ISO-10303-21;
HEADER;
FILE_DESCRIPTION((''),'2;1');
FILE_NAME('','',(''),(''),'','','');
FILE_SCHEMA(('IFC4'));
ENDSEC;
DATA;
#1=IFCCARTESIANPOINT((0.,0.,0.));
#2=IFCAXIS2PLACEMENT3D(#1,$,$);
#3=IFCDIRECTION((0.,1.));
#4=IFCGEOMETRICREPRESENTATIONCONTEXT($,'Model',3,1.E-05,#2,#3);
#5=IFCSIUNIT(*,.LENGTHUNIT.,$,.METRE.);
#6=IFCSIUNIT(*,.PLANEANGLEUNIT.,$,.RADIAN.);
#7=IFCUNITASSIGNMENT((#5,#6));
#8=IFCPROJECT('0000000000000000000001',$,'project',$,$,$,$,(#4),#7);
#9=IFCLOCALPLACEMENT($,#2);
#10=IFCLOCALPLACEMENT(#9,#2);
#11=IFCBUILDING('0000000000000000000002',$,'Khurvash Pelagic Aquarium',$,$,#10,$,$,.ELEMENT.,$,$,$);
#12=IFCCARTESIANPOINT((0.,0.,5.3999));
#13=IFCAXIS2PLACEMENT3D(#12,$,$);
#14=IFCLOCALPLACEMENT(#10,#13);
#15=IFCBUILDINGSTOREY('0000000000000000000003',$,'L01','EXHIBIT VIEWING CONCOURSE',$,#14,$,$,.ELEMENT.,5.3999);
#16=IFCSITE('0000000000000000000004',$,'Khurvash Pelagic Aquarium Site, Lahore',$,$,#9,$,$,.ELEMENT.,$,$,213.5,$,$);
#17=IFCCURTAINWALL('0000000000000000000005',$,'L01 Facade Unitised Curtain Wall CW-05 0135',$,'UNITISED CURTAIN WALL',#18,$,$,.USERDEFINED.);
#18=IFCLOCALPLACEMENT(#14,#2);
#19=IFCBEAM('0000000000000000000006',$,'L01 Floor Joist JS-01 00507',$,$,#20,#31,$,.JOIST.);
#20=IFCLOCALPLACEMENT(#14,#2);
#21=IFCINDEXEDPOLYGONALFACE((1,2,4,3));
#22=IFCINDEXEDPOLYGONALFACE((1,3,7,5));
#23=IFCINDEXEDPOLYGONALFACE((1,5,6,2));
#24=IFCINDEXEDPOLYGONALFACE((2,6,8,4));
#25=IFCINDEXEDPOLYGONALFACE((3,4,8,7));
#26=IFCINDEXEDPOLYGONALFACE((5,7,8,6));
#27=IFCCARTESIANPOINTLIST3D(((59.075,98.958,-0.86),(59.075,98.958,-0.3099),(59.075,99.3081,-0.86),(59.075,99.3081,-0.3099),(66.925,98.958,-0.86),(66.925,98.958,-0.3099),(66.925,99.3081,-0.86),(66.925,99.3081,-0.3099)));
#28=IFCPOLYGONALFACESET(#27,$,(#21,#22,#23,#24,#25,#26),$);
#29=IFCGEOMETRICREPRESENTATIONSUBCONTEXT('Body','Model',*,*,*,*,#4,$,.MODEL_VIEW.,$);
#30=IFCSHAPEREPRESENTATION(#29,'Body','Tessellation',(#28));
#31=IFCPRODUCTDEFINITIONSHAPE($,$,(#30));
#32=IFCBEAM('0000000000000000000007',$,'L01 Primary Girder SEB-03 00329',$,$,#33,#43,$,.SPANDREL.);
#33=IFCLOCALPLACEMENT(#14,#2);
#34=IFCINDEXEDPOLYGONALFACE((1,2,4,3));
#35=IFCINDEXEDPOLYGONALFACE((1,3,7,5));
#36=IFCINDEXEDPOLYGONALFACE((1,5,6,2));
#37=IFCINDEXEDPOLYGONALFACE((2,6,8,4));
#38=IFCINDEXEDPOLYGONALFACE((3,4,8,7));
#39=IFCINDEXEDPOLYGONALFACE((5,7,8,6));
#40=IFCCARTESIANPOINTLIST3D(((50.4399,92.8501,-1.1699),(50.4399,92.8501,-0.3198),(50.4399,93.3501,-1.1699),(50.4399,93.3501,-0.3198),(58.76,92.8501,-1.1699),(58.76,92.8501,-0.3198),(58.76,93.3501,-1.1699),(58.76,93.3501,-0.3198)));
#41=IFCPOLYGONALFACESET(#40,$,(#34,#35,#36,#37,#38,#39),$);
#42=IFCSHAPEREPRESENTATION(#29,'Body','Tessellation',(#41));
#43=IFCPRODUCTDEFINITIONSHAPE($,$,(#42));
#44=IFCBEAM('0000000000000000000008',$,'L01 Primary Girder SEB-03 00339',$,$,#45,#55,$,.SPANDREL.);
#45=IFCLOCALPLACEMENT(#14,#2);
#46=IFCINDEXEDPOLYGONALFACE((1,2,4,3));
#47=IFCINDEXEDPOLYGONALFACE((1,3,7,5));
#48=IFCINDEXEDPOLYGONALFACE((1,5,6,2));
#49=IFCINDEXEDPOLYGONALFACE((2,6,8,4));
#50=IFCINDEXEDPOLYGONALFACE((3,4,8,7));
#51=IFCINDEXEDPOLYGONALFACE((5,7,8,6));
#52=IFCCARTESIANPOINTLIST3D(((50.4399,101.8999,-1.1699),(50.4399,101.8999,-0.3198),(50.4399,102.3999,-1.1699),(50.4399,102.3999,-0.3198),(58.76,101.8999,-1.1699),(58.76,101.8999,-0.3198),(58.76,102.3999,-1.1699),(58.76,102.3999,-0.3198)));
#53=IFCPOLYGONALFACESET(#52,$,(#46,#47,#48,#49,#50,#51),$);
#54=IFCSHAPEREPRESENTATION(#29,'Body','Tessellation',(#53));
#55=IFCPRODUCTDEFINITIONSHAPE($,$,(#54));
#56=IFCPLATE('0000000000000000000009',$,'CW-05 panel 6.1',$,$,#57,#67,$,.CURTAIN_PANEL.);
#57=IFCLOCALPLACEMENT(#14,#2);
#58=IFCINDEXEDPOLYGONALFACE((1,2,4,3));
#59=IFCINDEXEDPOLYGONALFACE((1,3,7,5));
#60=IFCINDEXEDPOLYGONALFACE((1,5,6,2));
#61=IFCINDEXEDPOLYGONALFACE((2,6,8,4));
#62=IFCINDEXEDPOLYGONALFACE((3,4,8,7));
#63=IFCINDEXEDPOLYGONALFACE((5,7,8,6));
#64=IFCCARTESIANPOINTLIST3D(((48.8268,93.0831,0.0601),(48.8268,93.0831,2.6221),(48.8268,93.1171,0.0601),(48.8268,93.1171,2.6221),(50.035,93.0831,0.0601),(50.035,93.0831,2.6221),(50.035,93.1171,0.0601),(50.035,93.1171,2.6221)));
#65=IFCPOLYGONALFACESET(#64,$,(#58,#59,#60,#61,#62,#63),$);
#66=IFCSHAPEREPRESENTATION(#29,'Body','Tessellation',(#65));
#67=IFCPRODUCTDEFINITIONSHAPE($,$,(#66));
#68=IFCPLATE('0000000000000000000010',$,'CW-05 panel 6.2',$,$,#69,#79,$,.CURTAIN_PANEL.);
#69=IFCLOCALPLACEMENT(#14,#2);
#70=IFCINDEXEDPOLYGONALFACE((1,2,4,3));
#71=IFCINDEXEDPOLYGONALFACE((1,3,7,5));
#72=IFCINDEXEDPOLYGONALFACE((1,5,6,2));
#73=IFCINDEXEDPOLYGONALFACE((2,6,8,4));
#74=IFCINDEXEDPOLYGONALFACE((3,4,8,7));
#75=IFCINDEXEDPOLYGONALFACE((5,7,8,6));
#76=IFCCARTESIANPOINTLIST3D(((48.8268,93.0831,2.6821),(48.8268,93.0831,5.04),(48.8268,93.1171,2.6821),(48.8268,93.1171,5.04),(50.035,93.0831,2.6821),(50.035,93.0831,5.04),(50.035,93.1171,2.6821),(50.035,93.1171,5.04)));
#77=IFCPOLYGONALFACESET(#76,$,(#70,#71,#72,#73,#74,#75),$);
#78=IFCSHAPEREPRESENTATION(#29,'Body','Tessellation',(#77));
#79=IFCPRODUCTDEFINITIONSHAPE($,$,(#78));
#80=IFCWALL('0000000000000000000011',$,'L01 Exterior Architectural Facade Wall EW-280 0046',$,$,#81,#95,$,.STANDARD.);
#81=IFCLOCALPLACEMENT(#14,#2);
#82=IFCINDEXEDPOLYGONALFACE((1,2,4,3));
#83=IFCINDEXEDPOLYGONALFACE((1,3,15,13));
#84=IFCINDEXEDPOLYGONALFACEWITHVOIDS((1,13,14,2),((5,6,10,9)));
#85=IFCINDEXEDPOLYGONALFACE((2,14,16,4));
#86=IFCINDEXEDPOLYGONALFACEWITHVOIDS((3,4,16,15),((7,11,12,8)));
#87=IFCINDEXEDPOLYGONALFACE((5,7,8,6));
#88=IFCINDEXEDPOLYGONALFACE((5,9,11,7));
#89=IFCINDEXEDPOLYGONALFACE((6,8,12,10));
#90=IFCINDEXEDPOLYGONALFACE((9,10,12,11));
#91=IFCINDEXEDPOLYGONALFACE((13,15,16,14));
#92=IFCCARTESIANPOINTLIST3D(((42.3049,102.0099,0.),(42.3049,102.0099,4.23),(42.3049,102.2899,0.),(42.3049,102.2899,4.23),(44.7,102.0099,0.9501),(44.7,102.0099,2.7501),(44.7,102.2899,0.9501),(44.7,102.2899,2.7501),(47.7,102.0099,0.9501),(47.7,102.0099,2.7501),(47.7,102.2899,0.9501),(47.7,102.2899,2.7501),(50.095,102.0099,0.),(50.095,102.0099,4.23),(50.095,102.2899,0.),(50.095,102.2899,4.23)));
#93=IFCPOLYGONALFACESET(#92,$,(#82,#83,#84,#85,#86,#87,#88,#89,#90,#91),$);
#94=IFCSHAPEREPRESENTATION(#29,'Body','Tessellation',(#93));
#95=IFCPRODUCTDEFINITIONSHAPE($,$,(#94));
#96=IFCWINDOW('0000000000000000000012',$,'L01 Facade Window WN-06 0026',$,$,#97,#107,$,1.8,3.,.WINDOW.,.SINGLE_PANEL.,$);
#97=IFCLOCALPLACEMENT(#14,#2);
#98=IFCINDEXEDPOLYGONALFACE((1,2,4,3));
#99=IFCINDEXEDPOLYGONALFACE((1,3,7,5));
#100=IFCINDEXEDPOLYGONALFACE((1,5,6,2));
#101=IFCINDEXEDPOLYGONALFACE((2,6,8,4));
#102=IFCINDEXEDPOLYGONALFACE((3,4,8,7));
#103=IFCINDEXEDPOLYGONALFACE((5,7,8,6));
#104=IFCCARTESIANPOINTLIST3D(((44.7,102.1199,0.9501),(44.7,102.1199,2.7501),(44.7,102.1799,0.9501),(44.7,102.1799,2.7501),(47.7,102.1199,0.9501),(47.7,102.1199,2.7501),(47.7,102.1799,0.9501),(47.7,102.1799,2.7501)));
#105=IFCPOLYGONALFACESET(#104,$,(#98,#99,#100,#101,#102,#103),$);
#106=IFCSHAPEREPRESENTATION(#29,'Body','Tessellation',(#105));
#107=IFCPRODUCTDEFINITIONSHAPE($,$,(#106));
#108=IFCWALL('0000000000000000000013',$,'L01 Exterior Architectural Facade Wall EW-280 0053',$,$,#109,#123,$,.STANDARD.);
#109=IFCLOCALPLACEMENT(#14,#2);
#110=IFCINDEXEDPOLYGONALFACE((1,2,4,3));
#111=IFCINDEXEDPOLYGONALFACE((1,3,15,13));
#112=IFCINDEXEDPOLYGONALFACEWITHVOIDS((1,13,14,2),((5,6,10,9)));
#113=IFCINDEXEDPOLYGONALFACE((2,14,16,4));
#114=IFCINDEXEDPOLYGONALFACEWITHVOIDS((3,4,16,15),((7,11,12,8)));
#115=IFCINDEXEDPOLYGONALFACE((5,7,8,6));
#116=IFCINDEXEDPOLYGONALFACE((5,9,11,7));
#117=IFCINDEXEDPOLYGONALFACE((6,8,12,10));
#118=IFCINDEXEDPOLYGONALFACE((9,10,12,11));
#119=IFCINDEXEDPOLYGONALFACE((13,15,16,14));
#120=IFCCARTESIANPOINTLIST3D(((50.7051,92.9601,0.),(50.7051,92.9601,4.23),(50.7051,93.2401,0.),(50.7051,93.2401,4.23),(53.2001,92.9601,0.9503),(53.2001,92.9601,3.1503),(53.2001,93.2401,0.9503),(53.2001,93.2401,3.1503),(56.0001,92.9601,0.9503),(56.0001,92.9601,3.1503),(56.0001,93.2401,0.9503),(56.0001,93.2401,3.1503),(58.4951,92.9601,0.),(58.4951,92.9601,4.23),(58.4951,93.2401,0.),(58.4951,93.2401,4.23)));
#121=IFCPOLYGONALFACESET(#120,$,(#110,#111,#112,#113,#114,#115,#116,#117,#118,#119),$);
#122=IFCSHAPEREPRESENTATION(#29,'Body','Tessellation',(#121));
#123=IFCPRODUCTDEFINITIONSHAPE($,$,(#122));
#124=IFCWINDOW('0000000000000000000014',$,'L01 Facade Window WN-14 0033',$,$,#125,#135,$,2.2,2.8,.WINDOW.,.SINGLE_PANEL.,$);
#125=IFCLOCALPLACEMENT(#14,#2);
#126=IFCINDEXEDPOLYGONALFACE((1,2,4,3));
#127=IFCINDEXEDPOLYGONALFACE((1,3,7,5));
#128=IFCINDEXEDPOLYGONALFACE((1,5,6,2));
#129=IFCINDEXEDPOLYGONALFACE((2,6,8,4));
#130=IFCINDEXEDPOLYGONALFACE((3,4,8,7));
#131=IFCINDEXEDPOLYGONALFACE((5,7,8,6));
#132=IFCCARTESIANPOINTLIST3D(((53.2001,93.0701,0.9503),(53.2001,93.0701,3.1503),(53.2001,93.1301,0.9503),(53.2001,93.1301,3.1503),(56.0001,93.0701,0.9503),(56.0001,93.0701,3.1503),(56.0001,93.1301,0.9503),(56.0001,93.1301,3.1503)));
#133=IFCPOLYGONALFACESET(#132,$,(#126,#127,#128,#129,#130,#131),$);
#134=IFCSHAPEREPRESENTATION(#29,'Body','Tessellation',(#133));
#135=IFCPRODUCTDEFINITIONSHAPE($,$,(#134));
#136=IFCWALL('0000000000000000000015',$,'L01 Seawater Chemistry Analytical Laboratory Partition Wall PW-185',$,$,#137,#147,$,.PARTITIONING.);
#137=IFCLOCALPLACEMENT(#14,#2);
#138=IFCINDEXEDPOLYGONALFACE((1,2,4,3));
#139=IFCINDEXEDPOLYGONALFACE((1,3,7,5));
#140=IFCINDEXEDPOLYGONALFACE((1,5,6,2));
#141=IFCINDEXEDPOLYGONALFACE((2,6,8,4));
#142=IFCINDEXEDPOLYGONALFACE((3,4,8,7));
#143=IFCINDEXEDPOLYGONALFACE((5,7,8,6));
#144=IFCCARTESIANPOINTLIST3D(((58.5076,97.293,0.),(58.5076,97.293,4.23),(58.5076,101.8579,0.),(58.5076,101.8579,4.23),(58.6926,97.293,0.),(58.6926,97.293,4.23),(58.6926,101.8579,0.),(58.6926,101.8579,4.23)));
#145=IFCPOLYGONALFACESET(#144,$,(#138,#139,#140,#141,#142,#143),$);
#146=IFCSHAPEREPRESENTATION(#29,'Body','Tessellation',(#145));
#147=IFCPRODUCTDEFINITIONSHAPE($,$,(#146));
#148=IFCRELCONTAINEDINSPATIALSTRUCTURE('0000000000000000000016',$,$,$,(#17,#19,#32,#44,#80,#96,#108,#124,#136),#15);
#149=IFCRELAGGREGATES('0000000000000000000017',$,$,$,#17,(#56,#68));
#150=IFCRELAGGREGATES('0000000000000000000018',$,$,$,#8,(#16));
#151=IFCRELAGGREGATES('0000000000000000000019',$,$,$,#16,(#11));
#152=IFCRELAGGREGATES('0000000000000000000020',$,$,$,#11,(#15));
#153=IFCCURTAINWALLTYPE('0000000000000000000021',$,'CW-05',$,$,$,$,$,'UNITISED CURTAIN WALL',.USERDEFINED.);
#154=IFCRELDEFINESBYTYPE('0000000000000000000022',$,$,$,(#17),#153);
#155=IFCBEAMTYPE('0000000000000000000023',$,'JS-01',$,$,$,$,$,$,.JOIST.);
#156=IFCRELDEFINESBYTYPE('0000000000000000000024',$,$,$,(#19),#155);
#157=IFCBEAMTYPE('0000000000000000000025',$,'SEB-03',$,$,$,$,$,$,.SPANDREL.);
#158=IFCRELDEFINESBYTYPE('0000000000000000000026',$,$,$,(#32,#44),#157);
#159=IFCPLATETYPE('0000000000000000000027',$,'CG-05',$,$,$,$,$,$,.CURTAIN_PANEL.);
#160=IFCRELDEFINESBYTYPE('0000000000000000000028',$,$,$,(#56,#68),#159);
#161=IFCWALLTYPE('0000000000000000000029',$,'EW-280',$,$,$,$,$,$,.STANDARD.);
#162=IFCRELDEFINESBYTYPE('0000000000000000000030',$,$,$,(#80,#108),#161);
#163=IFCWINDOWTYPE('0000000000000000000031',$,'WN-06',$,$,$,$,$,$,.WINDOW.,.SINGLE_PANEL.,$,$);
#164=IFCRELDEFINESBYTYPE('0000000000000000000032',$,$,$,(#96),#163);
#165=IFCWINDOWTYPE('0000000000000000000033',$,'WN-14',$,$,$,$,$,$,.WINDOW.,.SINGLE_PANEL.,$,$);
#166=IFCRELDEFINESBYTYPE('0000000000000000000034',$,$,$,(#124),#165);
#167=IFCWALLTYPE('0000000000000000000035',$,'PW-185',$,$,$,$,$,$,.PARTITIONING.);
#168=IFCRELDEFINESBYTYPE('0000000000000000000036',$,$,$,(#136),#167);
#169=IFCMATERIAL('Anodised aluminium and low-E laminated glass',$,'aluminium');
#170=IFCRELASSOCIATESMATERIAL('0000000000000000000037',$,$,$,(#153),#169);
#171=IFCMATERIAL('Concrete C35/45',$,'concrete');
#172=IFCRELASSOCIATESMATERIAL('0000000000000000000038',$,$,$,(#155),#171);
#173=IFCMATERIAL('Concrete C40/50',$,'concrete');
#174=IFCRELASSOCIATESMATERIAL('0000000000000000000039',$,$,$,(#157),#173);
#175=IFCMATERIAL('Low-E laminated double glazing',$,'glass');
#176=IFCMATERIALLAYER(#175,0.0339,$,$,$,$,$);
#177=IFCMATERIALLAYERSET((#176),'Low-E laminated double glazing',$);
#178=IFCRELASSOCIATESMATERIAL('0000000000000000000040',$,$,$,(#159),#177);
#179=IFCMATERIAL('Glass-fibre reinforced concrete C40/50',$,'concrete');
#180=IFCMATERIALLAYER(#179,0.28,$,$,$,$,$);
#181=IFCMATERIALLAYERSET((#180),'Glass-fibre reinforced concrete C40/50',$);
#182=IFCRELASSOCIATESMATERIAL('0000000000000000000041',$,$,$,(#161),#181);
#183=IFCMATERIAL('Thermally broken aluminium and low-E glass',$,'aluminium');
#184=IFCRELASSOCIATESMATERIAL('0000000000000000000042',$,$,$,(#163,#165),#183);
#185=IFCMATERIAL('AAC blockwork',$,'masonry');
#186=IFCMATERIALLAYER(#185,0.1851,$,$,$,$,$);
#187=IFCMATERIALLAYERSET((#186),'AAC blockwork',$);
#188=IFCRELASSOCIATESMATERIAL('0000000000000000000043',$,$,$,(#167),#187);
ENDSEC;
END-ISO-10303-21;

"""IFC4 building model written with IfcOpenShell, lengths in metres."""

from ifc_helpers import new_model, si_unit, direction, frame, frame_2d, origin, origin_2d, place, context, subcontext, project, spatial, rectangle, extrude, material, layer, layer_set, material_profile, profile_set, type_object, element, fill, aggregate, save


model = new_model("IFC4")

# Units and contexts
model_context = context("Model", 3, precision=1e-05, world=origin(), true_north=direction((0.0, 1.0)))
body_context = subcontext(model_context, "Body", "Model", "MODEL_VIEW")
ifc_project = project(units=[si_unit("LENGTHUNIT", "METRE"), si_unit("PLANEANGLEUNIT", "RADIAN")], contexts=[model_context])

# Site, building, storey
site_placement = place(None, origin())
site = spatial("IfcSite", under=ifc_project, at=site_placement, Name="Khurvash Pelagic Aquarium Site, Lahore", CompositionType="ELEMENT", RefElevation=213.5)
building_placement = place(site_placement, origin())
building = spatial("IfcBuilding", under=site, at=building_placement, Name="Khurvash Pelagic Aquarium", CompositionType="ELEMENT")
storey_placement = place(building_placement, frame((0.0, 0.0, 5.3999)))
storey = spatial("IfcBuildingStorey", under=building, at=storey_placement, Name="L01", Description="EXHIBIT VIEWING CONCOURSE", CompositionType="ELEMENT", Elevation=5.3999)

# Shared definitions
ifc_material_1 = material(Name="Concrete C40/50", Category="concrete")

# Shared definitions
ifc_material_2 = material(Name="Anodised aluminium and low-E laminated glass", Category="aluminium")
curtain_wall_type = type_object("IfcCurtainWallType", Name="CW-05", ElementType="UNITISED CURTAIN WALL", PredefinedType="USERDEFINED", material=ifc_material_2)

# Curtain wall
curtain_wall_1_placement = place(storey_placement, origin())
curtain_wall_1 = element("IfcCurtainWall", 1, at=curtain_wall_1_placement, inside=storey, type_object=curtain_wall_type, Name="L01 Facade Unitised Curtain Wall CW-05 0135", ObjectType="UNITISED CURTAIN WALL", PredefinedType="USERDEFINED")

# Beams
ifc_material_3 = material(Name="Concrete C35/45", Category="concrete")
ifc_material_profile_1 = material_profile(ifc_material_3, rectangle(XDim=0.3501, YDim=0.55, at=origin_2d()), Name="RC350X550")
ifc_profile_set_1 = profile_set([ifc_material_profile_1], Name="Concrete C35/45")
beam_type_1 = type_object("IfcBeamType", Name="JS-01", PredefinedType="JOIST", material=ifc_profile_set_1)
for number, where, z_axis, x_axis, name in (
    (2, (59.075, 99.1331, -0.585), (1.0, 0.0, 0.0), (0.0, 1.0, 0.0), "L01 Floor Joist JS-01 00507"),
):
    element("IfcBeam", number, at=place(storey_placement, frame(where, z_axis=z_axis, x_axis=x_axis)), inside=storey, type_object=beam_type_1, Name=name, PredefinedType="JOIST", context=body_context, shape_type="SweptSolid", body=[
        extrude(rectangle(XDim=0.3501, YDim=0.55, at=origin_2d()), origin(), (0.0, 0.0, 1.0), 7.8501),
    ])
ifc_material_profile_2 = material_profile(ifc_material_1, rectangle(XDim=0.5, YDim=0.8501, at=origin_2d()), Name="RC500X850")
ifc_profile_set_2 = profile_set([ifc_material_profile_2], Name="Concrete C40/50")
beam_type_2 = type_object("IfcBeamType", Name="SEB-03", PredefinedType="SPANDREL", material=ifc_profile_set_2)
for number, where, z_axis, x_axis, name in (
    (3, (50.4399, 93.1001, -0.7449), (1.0, 0.0, 0.0), (0.0, 1.0, 0.0), "L01 Primary Girder SEB-03 00329"),
    (4, (50.4399, 102.1499, -0.7449), (1.0, 0.0, 0.0), (0.0, 1.0, 0.0), "L01 Primary Girder SEB-03 00339"),
):
    element("IfcBeam", number, at=place(storey_placement, frame(where, z_axis=z_axis, x_axis=x_axis)), inside=storey, type_object=beam_type_2, Name=name, PredefinedType="SPANDREL", context=body_context, shape_type="SweptSolid", body=[
        extrude(rectangle(XDim=0.5, YDim=0.8501, at=origin_2d()), origin(), (0.0, 0.0, 1.0), 8.3201),
    ])

# Plates
ifc_material_4 = material(Name="Low-E laminated double glazing", Category="glass")
ifc_layer_1 = layer(ifc_material_4, 0.0339)
ifc_layer_set_1 = layer_set([ifc_layer_1], Name="Low-E laminated double glazing")
plate_type = type_object("IfcPlateType", Name="CG-05", PredefinedType="CURTAIN_PANEL", material=ifc_layer_set_1)
plate_1_placement = place(storey_placement, frame((49.4309, 93.1001, 0.0601), z_axis=(0.0, 0.0, 1.0), x_axis=(1.0, 0.0, 0.0)))
plate_1 = element("IfcPlate", 5, at=plate_1_placement, type_object=plate_type, Name="CW-05 panel 6.1", PredefinedType="CURTAIN_PANEL", context=body_context, shape_type="SweptSolid", body=[
    extrude(rectangle(XDim=1.2083, YDim=0.0339, at=origin_2d()), origin(), (0.0, 0.0, 1.0), 2.562),
])
plate_2_placement = place(storey_placement, frame((49.4309, 93.1001, 2.6821), z_axis=(0.0, 0.0, 1.0), x_axis=(1.0, 0.0, 0.0)))
plate_2 = element("IfcPlate", 6, at=plate_2_placement, type_object=plate_type, Name="CW-05 panel 6.2", PredefinedType="CURTAIN_PANEL", context=body_context, shape_type="SweptSolid", body=[
    extrude(rectangle(XDim=1.2083, YDim=0.0339, at=origin_2d()), origin(), (0.0, 0.0, 1.0), 2.3579),
])
aggregate(curtain_wall_1, [plate_1, plate_2])

# Walls, openings, windows
ifc_material_5 = material(Name="Glass-fibre reinforced concrete C40/50", Category="concrete")
ifc_layer_2 = layer(ifc_material_5, 0.28)
ifc_layer_set_2 = layer_set([ifc_layer_2], Name="Glass-fibre reinforced concrete C40/50")
wall_type_1 = type_object("IfcWallType", Name="EW-280", PredefinedType="STANDARD", material=ifc_layer_set_2)
wall_1_placement = place(storey_placement, frame((50.095, 102.1499, 0.0), z_axis=(0.0, 0.0, 1.0), x_axis=(-1.0, 0.0, 0.0)))
wall_1 = element("IfcWall", 7, at=wall_1_placement, inside=storey, type_object=wall_type_1, Name="L01 Exterior Architectural Facade Wall EW-280 0046", PredefinedType="STANDARD", context=body_context, shape_type="SweptSolid", body=[
    extrude(rectangle(XDim=7.79, YDim=0.28, at=frame_2d((3.895, 0.0))), origin(), (0.0, 0.0, 1.0), 4.23),
])
opening_1_placement = place(wall_1_placement, frame((2.395, 0.0, 0.9502)))
opening_1 = element("IfcOpeningElement", 8, at=opening_1_placement, cuts=wall_1, PredefinedType="OPENING", context=body_context, shape_type="SweptSolid", body=[
    extrude(rectangle(XDim=3.0, YDim=1.8, at=frame_2d((1.5, 0.8999))), frame((0.0, 0.1499, 0.0), z_axis=(0.0, -1.0, 0.0), x_axis=(1.0, 0.0, 0.0)), (0.0, 0.0, 1.0), 0.3),
])
ifc_material_6 = material(Name="Thermally broken aluminium and low-E glass", Category="aluminium")
window_type_1 = type_object("IfcWindowType", Name="WN-06", PartitioningType="SINGLE_PANEL", PredefinedType="WINDOW", material=ifc_material_6)
window_1_placement = place(opening_1_placement, origin())
window_1 = element("IfcWindow", 9, at=window_1_placement, inside=storey, type_object=window_type_1, Name="L01 Facade Window WN-06 0026", OverallHeight=1.8, OverallWidth=3.0, PartitioningType="SINGLE_PANEL", PredefinedType="WINDOW", context=body_context, shape_type="SweptSolid", body=[
    extrude(rectangle(XDim=3.0, YDim=1.8, at=frame_2d((1.5, 0.8999))), frame((0.0, 0.03, 0.0), z_axis=(0.0, -1.0, 0.0), x_axis=(1.0, 0.0, 0.0)), (0.0, 0.0, 1.0), 0.0601),
])
fill(opening_1, window_1)
wall_2_placement = place(storey_placement, frame((50.7051, 93.1001, 0.0), z_axis=(0.0, 0.0, 1.0), x_axis=(1.0, 0.0, 0.0)))
wall_2 = element("IfcWall", 10, at=wall_2_placement, inside=storey, type_object=wall_type_1, Name="L01 Exterior Architectural Facade Wall EW-280 0053", PredefinedType="STANDARD", context=body_context, shape_type="SweptSolid", body=[
    extrude(rectangle(XDim=7.79, YDim=0.28, at=frame_2d((3.895, 0.0))), origin(), (0.0, 0.0, 1.0), 4.23),
])
opening_2_placement = place(wall_2_placement, frame((2.4951, 0.0, 0.9502)))
opening_2 = element("IfcOpeningElement", 11, at=opening_2_placement, cuts=wall_2, PredefinedType="OPENING", context=body_context, shape_type="SweptSolid", body=[
    extrude(rectangle(XDim=2.8, YDim=2.2, at=frame_2d((1.3999, 1.1001))), frame((0.0, 0.1499, 0.0), z_axis=(0.0, -1.0, 0.0), x_axis=(1.0, 0.0, 0.0)), (0.0, 0.0, 1.0), 0.3),
])
window_type_2 = type_object("IfcWindowType", Name="WN-14", PartitioningType="SINGLE_PANEL", PredefinedType="WINDOW", material=ifc_material_6)
window_2_placement = place(opening_2_placement, origin())
window_2 = element("IfcWindow", 12, at=window_2_placement, inside=storey, type_object=window_type_2, Name="L01 Facade Window WN-14 0033", OverallHeight=2.2, OverallWidth=2.8, PartitioningType="SINGLE_PANEL", PredefinedType="WINDOW", context=body_context, shape_type="SweptSolid", body=[
    extrude(rectangle(XDim=2.8, YDim=2.2, at=frame_2d((1.3999, 1.1001))), frame((0.0, 0.03, 0.0), z_axis=(0.0, -1.0, 0.0), x_axis=(1.0, 0.0, 0.0)), (0.0, 0.0, 1.0), 0.0601),
])
fill(opening_2, window_2)

# Wall
ifc_material_7 = material(Name="AAC blockwork", Category="masonry")
ifc_layer_3 = layer(ifc_material_7, 0.1851)
ifc_layer_set_3 = layer_set([ifc_layer_3], Name="AAC blockwork")
wall_type_2 = type_object("IfcWallType", Name="PW-185", PredefinedType="PARTITIONING", material=ifc_layer_set_3)
wall_3_placement = place(storey_placement, frame((58.6001, 97.293, 0.0), z_axis=(0.0, 0.0, 1.0), x_axis=(0.0, 1.0, 0.0)))
element("IfcWall", 13, at=wall_3_placement, inside=storey, type_object=wall_type_2, Name="L01 Seawater Chemistry Analytical Laboratory Partition Wall PW-185", PredefinedType="PARTITIONING", context=body_context, shape_type="SweptSolid", body=[
    extrude(rectangle(XDim=4.5649, YDim=0.1851, at=frame_2d((2.2825, 0.0))), origin(), (0.0, 0.0, 1.0), 4.23),
])

save(model, "model.ifc")
